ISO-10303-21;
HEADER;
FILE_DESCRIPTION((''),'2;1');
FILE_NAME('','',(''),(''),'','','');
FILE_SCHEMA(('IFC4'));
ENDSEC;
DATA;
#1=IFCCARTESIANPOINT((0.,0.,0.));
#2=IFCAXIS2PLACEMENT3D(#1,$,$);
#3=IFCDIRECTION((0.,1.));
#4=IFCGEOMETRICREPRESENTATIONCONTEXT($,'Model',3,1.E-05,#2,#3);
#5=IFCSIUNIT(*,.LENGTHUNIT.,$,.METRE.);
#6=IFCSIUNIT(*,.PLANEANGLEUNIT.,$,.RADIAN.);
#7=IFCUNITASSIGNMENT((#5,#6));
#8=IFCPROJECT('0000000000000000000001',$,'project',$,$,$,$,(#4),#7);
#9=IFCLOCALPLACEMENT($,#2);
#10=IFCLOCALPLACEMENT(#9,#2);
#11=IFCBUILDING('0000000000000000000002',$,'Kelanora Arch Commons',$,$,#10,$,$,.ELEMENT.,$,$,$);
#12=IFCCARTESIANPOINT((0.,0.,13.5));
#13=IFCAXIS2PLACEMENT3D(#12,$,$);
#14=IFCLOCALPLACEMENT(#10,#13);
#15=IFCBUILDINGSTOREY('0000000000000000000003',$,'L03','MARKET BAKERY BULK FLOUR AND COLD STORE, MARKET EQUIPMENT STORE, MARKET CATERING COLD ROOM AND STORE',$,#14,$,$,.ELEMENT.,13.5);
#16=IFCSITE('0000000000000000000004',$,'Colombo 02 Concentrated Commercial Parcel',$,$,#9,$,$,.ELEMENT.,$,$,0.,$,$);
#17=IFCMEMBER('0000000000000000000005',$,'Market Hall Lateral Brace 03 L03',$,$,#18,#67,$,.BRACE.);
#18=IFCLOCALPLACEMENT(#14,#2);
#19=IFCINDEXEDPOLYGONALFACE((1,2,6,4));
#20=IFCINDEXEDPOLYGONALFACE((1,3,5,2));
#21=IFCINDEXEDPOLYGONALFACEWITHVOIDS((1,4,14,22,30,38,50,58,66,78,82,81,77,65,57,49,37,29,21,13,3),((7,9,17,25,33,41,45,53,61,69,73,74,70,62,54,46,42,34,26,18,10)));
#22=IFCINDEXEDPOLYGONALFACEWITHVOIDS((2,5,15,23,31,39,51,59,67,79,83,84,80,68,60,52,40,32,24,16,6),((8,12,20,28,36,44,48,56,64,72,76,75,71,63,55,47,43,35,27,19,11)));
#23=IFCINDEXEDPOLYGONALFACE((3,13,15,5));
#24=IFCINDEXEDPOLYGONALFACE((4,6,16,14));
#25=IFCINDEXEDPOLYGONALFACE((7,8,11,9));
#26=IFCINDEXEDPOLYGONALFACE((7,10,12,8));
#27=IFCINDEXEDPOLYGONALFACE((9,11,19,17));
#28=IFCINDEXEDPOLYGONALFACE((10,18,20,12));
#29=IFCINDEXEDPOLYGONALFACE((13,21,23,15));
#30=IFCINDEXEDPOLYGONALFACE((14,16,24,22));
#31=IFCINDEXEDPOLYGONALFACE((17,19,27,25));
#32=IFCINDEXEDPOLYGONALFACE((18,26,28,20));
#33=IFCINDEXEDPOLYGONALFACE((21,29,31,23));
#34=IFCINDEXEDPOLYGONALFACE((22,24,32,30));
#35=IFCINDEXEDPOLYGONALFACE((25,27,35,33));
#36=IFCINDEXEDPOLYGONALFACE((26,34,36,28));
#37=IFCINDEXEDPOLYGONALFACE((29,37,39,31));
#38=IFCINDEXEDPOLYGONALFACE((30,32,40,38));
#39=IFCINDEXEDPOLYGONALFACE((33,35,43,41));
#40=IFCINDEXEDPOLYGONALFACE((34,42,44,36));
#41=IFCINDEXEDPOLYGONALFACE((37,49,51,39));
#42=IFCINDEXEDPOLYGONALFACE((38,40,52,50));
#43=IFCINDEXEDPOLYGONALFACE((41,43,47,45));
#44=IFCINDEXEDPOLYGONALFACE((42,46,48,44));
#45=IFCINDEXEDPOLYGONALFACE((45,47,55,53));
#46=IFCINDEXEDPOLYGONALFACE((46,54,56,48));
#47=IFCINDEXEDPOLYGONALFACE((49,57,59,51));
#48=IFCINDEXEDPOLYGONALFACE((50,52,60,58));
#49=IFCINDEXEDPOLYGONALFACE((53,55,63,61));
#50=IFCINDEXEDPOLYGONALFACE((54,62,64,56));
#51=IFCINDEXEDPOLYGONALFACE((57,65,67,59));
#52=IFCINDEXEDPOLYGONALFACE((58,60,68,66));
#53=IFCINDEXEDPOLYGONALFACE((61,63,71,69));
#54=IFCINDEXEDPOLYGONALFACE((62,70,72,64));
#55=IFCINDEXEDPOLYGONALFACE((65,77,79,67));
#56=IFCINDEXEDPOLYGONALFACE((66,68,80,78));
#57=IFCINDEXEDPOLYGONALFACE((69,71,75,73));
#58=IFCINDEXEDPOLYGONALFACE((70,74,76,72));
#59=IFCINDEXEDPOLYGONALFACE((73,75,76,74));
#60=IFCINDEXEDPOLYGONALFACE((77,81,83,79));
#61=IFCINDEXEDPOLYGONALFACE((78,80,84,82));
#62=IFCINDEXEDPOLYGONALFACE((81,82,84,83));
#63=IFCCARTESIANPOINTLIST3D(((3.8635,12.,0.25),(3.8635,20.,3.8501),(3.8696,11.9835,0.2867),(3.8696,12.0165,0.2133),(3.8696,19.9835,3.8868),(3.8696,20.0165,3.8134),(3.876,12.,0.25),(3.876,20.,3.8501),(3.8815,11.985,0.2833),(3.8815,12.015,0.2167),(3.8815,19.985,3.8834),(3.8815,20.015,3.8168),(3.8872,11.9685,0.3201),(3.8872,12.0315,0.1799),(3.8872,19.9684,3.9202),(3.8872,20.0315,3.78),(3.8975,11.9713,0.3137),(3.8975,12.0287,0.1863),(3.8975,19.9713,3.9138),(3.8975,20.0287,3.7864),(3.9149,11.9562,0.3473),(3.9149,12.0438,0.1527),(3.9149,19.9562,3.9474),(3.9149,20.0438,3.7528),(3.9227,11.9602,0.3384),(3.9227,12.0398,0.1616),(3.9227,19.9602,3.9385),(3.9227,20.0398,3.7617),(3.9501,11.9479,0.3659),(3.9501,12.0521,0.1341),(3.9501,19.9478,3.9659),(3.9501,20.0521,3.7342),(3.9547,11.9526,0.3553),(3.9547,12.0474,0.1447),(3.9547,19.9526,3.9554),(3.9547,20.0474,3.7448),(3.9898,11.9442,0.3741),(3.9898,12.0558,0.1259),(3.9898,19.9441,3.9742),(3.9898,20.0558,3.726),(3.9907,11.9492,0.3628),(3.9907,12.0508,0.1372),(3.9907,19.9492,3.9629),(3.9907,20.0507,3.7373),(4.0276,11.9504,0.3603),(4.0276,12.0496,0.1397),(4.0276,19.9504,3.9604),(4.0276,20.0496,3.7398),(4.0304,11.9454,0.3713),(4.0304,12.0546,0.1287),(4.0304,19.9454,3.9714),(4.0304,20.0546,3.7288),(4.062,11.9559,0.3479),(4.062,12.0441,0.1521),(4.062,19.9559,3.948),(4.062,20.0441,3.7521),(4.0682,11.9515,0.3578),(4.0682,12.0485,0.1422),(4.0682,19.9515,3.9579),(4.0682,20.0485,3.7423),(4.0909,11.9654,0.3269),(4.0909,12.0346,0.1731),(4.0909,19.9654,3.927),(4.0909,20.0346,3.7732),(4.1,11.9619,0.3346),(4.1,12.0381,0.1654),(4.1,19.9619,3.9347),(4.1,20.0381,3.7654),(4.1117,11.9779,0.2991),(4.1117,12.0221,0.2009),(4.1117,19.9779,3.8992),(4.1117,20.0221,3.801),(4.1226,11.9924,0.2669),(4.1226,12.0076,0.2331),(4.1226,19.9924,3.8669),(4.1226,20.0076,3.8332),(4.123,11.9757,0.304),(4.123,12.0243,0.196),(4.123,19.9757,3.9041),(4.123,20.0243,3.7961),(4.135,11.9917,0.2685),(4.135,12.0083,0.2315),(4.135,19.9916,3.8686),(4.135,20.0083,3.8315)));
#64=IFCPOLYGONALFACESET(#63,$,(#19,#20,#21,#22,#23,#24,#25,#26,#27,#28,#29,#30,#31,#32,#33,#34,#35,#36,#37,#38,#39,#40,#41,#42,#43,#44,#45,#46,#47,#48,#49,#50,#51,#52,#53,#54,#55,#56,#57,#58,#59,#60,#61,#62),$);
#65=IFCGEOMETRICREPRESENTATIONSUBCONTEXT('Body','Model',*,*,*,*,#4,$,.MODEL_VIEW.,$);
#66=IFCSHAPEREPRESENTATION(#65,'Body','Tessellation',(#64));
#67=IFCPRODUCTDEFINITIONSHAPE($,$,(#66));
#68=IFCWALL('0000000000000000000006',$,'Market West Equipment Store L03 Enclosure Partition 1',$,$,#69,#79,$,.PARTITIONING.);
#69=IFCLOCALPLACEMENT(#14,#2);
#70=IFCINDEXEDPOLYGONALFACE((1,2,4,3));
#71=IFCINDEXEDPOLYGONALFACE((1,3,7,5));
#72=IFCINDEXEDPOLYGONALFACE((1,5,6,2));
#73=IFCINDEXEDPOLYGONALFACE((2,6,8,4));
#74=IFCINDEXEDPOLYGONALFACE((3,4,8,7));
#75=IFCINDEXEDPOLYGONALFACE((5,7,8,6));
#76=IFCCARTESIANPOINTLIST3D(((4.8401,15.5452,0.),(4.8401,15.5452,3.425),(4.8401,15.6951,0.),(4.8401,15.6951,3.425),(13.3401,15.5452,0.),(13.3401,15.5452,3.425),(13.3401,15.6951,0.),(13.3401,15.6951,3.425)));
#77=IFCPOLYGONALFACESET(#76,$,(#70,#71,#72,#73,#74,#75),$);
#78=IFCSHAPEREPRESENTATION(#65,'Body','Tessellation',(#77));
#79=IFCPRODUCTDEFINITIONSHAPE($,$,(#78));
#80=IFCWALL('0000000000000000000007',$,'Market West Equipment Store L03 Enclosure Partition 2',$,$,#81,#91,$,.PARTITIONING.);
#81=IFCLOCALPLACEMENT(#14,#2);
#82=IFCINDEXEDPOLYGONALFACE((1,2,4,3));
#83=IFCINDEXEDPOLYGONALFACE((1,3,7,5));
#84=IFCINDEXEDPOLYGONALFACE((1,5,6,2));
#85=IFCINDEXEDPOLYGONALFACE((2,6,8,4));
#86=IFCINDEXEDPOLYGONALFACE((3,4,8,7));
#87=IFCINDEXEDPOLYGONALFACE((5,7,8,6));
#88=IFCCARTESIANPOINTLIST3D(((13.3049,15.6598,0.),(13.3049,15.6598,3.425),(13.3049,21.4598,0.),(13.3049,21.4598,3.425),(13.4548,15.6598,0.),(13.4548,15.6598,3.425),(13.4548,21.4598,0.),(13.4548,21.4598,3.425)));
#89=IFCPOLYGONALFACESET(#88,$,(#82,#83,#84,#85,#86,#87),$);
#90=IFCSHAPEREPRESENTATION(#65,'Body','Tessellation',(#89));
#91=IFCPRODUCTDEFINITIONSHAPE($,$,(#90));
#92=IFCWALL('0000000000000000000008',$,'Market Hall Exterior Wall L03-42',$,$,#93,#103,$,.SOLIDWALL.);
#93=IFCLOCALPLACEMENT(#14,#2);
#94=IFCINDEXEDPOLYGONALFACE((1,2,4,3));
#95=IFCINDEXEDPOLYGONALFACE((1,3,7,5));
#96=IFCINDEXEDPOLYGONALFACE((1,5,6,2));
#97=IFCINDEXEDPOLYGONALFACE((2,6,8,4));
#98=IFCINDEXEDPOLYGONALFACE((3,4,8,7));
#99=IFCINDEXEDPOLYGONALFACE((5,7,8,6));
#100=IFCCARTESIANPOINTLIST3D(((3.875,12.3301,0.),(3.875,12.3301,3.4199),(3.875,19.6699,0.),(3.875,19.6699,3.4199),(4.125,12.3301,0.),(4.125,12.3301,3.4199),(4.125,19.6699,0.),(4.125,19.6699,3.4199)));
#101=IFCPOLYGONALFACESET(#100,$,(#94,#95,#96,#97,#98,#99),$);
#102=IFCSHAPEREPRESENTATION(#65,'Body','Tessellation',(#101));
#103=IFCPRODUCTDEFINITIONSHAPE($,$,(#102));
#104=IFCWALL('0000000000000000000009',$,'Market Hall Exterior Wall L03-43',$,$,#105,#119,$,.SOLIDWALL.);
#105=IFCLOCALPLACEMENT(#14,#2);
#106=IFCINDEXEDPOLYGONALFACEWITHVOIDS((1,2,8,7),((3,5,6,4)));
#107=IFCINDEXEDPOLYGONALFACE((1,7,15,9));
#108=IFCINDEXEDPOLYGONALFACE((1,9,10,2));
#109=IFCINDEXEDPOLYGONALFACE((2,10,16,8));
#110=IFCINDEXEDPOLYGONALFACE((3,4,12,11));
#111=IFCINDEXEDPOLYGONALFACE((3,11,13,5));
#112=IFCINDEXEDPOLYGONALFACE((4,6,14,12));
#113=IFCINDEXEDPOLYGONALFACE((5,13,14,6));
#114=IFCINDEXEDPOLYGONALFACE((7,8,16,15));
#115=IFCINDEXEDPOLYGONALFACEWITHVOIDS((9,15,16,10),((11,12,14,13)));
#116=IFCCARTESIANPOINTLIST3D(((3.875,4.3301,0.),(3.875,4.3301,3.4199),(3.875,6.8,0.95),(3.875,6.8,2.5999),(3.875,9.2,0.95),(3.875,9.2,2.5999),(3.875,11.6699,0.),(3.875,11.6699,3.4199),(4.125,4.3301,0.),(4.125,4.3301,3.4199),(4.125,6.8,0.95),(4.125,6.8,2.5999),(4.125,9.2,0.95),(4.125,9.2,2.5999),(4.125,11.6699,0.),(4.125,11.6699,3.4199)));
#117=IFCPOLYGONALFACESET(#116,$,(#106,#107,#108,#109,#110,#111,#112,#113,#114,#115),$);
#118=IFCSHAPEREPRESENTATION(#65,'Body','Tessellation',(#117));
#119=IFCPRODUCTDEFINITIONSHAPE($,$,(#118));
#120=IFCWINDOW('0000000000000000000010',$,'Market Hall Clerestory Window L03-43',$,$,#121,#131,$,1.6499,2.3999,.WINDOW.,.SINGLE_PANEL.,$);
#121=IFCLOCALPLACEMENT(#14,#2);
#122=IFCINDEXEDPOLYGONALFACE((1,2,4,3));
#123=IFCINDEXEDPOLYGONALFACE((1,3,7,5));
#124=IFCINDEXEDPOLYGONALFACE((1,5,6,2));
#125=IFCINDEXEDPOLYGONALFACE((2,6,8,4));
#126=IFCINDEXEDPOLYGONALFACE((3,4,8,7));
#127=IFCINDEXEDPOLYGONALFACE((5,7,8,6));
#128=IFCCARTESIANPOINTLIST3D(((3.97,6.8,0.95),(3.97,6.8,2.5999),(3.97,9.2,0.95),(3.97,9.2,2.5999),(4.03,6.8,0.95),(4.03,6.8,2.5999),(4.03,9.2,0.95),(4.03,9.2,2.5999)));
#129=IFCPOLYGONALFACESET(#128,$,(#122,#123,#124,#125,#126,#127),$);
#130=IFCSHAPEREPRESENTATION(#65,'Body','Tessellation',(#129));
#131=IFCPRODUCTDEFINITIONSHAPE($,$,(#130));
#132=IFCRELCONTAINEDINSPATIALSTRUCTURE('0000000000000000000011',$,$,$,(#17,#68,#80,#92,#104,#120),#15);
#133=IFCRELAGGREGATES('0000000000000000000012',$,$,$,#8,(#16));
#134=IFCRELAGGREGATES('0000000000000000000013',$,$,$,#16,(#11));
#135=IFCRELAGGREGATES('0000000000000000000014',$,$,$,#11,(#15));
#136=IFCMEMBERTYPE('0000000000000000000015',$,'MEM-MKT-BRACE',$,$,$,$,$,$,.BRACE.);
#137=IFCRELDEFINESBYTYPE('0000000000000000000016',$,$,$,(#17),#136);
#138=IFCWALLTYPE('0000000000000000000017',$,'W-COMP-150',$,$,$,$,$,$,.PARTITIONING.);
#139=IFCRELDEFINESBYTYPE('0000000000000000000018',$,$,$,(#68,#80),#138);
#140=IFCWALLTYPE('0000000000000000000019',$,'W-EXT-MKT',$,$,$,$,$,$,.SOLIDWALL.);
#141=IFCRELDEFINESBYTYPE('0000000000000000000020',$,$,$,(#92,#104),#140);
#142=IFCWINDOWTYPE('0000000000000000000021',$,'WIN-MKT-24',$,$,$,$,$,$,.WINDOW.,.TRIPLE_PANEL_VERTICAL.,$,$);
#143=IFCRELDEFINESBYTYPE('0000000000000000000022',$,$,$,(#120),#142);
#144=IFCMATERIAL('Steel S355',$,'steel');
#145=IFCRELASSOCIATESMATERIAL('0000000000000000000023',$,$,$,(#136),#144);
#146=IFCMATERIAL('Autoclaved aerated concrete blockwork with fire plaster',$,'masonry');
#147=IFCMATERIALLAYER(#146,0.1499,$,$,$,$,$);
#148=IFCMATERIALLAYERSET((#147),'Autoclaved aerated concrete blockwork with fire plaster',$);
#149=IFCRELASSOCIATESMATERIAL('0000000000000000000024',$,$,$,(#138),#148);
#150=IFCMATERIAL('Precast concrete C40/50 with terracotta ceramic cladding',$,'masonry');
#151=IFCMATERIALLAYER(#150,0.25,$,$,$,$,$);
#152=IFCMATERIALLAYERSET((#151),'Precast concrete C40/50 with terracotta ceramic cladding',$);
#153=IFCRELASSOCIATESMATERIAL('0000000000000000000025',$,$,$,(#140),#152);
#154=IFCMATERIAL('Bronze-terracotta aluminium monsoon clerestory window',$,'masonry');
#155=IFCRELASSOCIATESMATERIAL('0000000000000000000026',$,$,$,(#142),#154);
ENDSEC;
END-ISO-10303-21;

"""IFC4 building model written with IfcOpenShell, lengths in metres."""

from ifc_helpers import new_model, si_unit, direction, frame, frame_2d, origin, origin_2d, place, context, subcontext, project, spatial, rectangle, hollow_circle, extrude, material, layer, layer_set, material_profile, profile_set, type_object, element, fill, save


model = new_model("IFC4")

# Units and contexts
model_context = context("Model", 3, precision=1e-05, world=origin(), true_north=direction((0.0, 1.0)))
body_context = subcontext(model_context, "Body", "Model", "MODEL_VIEW")
ifc_project = project(units=[si_unit("LENGTHUNIT", "METRE"), si_unit("PLANEANGLEUNIT", "RADIAN")], contexts=[model_context])

# Site, building, storey
site_placement = place(None, origin())
site = spatial("IfcSite", under=ifc_project, at=site_placement, Name="Colombo 02 Concentrated Commercial Parcel", CompositionType="ELEMENT", RefElevation=0.0)
building_placement = place(site_placement, origin())
building = spatial("IfcBuilding", under=site, at=building_placement, Name="Kelanora Arch Commons", CompositionType="ELEMENT")
storey_placement = place(building_placement, frame((0.0, 0.0, 13.5)))
storey = spatial("IfcBuildingStorey", under=building, at=storey_placement, Name="L03", Description="MARKET BAKERY BULK FLOUR AND COLD STORE, MARKET EQUIPMENT STORE, MARKET CATERING COLD ROOM AND STORE", CompositionType="ELEMENT", Elevation=13.5)

# Member
ifc_material_1 = material(Name="Steel S355", Category="steel")
ifc_material_profile_1 = material_profile(ifc_material_1, hollow_circle(Radius=0.1365, WallThickness=0.0125, at=origin_2d()), Name="CHS273x12.5")
ifc_profile_set_1 = profile_set([ifc_material_profile_1], Name="Steel S355")
member_type = type_object("IfcMemberType", Name="MEM-MKT-BRACE", PredefinedType="BRACE", material=ifc_profile_set_1)
member_placement = place(storey_placement, frame((4.0, 12.0, 0.25), z_axis=(0.0, 0.911917, 0.410374), x_axis=(-1.0, 0.0, 0.0)))
element("IfcMember", 1, at=member_placement, inside=storey, type_object=member_type, Name="Market Hall Lateral Brace 03 L03", PredefinedType="BRACE", context=body_context, shape_type="SweptSolid", body=[
    extrude(hollow_circle(Radius=0.1365, WallThickness=0.0125, at=origin_2d()), origin(), (0.0, 0.0, 1.0), 8.7727),
])

# Walls
ifc_material_2 = material(Name="Autoclaved aerated concrete blockwork with fire plaster", Category="masonry")
ifc_layer_1 = layer(ifc_material_2, 0.1499)
ifc_layer_set_1 = layer_set([ifc_layer_1], Name="Autoclaved aerated concrete blockwork with fire plaster")
wall_type_1 = type_object("IfcWallType", Name="W-COMP-150", PredefinedType="PARTITIONING", material=ifc_layer_set_1)
wall_1_placement = place(storey_placement, frame((4.8401, 15.6201, 0.0), z_axis=(0.0, 0.0, 1.0), x_axis=(1.0, 0.0, 0.0)))
element("IfcWall", 2, at=wall_1_placement, inside=storey, type_object=wall_type_1, Name="Market West Equipment Store L03 Enclosure Partition 1", PredefinedType="PARTITIONING", context=body_context, shape_type="SweptSolid", body=[
    extrude(rectangle(XDim=8.5, YDim=0.1499, at=frame_2d((4.25, 0.0))), origin(), (0.0, 0.0, 1.0), 3.425),
])
wall_2_placement = place(storey_placement, frame((13.3799, 15.6599, 0.0), z_axis=(0.0, 0.0, 1.0), x_axis=(0.0, 1.0, 0.0)))
element("IfcWall", 3, at=wall_2_placement, inside=storey, type_object=wall_type_1, Name="Market West Equipment Store L03 Enclosure Partition 2", PredefinedType="PARTITIONING", context=body_context, shape_type="SweptSolid", body=[
    extrude(rectangle(XDim=5.8, YDim=0.1499, at=frame_2d((2.8999, 0.0))), origin(), (0.0, 0.0, 1.0), 3.425),
])
ifc_material_3 = material(Name="Precast concrete C40/50 with terracotta ceramic cladding", Category="masonry")
ifc_layer_2 = layer(ifc_material_3, 0.25)
ifc_layer_set_2 = layer_set([ifc_layer_2], Name="Precast concrete C40/50 with terracotta ceramic cladding")
wall_type_2 = type_object("IfcWallType", Name="W-EXT-MKT", PredefinedType="SOLIDWALL", material=ifc_layer_set_2)
wall_3_placement = place(storey_placement, frame((4.0, 19.6699, 0.0), z_axis=(0.0, 0.0, 1.0), x_axis=(0.0, -1.0, 0.0)))
element("IfcWall", 4, at=wall_3_placement, inside=storey, type_object=wall_type_2, Name="Market Hall Exterior Wall L03-42", PredefinedType="SOLIDWALL", context=body_context, shape_type="SweptSolid", body=[
    extrude(rectangle(XDim=7.3398, YDim=0.25, at=frame_2d((3.6699, 0.0))), origin(), (0.0, 0.0, 1.0), 3.4199),
])

# Wall, opening, window
wall_4_placement = place(storey_placement, frame((4.0, 11.6699, 0.0), z_axis=(0.0, 0.0, 1.0), x_axis=(0.0, -1.0, 0.0)))
wall_4 = element("IfcWall", 5, at=wall_4_placement, inside=storey, type_object=wall_type_2, Name="Market Hall Exterior Wall L03-43", PredefinedType="SOLIDWALL", context=body_context, shape_type="SweptSolid", body=[
    extrude(rectangle(XDim=7.3398, YDim=0.25, at=frame_2d((3.6699, 0.0))), origin(), (0.0, 0.0, 1.0), 3.4199),
])
opening_1_placement = place(wall_4_placement, frame((2.47, 0.0, 0.95)))
opening_1 = element("IfcOpeningElement", 6, at=opening_1_placement, cuts=wall_4, PredefinedType="OPENING", context=body_context, shape_type="SweptSolid", body=[
    extrude(rectangle(XDim=2.3999, YDim=1.6499, at=frame_2d((1.2, 0.825))), frame((0.0, 0.135, 0.0), z_axis=(0.0, -1.0, 0.0), x_axis=(1.0, 0.0, 0.0)), (0.0, 0.0, 1.0), 0.27),
])
ifc_material_4 = material(Name="Bronze-terracotta aluminium monsoon clerestory window", Category="masonry")
window_type = type_object("IfcWindowType", Name="WIN-MKT-24", PartitioningType="TRIPLE_PANEL_VERTICAL", PredefinedType="WINDOW", material=ifc_material_4)
window_placement = place(opening_1_placement, origin())
window = element("IfcWindow", 7, at=window_placement, inside=storey, type_object=window_type, Name="Market Hall Clerestory Window L03-43", OverallHeight=1.6499, OverallWidth=2.3999, PartitioningType="SINGLE_PANEL", PredefinedType="WINDOW", context=body_context, shape_type="SweptSolid", body=[
    extrude(rectangle(XDim=2.3999, YDim=1.6499, at=frame_2d((1.2, 0.825))), frame((0.0, 0.03, 0.0), z_axis=(0.0, -1.0, 0.0), x_axis=(1.0, 0.0, 0.0)), (0.0, 0.0, 1.0), 0.0601),
])
fill(opening_1, window)

save(model, "model.ifc")
